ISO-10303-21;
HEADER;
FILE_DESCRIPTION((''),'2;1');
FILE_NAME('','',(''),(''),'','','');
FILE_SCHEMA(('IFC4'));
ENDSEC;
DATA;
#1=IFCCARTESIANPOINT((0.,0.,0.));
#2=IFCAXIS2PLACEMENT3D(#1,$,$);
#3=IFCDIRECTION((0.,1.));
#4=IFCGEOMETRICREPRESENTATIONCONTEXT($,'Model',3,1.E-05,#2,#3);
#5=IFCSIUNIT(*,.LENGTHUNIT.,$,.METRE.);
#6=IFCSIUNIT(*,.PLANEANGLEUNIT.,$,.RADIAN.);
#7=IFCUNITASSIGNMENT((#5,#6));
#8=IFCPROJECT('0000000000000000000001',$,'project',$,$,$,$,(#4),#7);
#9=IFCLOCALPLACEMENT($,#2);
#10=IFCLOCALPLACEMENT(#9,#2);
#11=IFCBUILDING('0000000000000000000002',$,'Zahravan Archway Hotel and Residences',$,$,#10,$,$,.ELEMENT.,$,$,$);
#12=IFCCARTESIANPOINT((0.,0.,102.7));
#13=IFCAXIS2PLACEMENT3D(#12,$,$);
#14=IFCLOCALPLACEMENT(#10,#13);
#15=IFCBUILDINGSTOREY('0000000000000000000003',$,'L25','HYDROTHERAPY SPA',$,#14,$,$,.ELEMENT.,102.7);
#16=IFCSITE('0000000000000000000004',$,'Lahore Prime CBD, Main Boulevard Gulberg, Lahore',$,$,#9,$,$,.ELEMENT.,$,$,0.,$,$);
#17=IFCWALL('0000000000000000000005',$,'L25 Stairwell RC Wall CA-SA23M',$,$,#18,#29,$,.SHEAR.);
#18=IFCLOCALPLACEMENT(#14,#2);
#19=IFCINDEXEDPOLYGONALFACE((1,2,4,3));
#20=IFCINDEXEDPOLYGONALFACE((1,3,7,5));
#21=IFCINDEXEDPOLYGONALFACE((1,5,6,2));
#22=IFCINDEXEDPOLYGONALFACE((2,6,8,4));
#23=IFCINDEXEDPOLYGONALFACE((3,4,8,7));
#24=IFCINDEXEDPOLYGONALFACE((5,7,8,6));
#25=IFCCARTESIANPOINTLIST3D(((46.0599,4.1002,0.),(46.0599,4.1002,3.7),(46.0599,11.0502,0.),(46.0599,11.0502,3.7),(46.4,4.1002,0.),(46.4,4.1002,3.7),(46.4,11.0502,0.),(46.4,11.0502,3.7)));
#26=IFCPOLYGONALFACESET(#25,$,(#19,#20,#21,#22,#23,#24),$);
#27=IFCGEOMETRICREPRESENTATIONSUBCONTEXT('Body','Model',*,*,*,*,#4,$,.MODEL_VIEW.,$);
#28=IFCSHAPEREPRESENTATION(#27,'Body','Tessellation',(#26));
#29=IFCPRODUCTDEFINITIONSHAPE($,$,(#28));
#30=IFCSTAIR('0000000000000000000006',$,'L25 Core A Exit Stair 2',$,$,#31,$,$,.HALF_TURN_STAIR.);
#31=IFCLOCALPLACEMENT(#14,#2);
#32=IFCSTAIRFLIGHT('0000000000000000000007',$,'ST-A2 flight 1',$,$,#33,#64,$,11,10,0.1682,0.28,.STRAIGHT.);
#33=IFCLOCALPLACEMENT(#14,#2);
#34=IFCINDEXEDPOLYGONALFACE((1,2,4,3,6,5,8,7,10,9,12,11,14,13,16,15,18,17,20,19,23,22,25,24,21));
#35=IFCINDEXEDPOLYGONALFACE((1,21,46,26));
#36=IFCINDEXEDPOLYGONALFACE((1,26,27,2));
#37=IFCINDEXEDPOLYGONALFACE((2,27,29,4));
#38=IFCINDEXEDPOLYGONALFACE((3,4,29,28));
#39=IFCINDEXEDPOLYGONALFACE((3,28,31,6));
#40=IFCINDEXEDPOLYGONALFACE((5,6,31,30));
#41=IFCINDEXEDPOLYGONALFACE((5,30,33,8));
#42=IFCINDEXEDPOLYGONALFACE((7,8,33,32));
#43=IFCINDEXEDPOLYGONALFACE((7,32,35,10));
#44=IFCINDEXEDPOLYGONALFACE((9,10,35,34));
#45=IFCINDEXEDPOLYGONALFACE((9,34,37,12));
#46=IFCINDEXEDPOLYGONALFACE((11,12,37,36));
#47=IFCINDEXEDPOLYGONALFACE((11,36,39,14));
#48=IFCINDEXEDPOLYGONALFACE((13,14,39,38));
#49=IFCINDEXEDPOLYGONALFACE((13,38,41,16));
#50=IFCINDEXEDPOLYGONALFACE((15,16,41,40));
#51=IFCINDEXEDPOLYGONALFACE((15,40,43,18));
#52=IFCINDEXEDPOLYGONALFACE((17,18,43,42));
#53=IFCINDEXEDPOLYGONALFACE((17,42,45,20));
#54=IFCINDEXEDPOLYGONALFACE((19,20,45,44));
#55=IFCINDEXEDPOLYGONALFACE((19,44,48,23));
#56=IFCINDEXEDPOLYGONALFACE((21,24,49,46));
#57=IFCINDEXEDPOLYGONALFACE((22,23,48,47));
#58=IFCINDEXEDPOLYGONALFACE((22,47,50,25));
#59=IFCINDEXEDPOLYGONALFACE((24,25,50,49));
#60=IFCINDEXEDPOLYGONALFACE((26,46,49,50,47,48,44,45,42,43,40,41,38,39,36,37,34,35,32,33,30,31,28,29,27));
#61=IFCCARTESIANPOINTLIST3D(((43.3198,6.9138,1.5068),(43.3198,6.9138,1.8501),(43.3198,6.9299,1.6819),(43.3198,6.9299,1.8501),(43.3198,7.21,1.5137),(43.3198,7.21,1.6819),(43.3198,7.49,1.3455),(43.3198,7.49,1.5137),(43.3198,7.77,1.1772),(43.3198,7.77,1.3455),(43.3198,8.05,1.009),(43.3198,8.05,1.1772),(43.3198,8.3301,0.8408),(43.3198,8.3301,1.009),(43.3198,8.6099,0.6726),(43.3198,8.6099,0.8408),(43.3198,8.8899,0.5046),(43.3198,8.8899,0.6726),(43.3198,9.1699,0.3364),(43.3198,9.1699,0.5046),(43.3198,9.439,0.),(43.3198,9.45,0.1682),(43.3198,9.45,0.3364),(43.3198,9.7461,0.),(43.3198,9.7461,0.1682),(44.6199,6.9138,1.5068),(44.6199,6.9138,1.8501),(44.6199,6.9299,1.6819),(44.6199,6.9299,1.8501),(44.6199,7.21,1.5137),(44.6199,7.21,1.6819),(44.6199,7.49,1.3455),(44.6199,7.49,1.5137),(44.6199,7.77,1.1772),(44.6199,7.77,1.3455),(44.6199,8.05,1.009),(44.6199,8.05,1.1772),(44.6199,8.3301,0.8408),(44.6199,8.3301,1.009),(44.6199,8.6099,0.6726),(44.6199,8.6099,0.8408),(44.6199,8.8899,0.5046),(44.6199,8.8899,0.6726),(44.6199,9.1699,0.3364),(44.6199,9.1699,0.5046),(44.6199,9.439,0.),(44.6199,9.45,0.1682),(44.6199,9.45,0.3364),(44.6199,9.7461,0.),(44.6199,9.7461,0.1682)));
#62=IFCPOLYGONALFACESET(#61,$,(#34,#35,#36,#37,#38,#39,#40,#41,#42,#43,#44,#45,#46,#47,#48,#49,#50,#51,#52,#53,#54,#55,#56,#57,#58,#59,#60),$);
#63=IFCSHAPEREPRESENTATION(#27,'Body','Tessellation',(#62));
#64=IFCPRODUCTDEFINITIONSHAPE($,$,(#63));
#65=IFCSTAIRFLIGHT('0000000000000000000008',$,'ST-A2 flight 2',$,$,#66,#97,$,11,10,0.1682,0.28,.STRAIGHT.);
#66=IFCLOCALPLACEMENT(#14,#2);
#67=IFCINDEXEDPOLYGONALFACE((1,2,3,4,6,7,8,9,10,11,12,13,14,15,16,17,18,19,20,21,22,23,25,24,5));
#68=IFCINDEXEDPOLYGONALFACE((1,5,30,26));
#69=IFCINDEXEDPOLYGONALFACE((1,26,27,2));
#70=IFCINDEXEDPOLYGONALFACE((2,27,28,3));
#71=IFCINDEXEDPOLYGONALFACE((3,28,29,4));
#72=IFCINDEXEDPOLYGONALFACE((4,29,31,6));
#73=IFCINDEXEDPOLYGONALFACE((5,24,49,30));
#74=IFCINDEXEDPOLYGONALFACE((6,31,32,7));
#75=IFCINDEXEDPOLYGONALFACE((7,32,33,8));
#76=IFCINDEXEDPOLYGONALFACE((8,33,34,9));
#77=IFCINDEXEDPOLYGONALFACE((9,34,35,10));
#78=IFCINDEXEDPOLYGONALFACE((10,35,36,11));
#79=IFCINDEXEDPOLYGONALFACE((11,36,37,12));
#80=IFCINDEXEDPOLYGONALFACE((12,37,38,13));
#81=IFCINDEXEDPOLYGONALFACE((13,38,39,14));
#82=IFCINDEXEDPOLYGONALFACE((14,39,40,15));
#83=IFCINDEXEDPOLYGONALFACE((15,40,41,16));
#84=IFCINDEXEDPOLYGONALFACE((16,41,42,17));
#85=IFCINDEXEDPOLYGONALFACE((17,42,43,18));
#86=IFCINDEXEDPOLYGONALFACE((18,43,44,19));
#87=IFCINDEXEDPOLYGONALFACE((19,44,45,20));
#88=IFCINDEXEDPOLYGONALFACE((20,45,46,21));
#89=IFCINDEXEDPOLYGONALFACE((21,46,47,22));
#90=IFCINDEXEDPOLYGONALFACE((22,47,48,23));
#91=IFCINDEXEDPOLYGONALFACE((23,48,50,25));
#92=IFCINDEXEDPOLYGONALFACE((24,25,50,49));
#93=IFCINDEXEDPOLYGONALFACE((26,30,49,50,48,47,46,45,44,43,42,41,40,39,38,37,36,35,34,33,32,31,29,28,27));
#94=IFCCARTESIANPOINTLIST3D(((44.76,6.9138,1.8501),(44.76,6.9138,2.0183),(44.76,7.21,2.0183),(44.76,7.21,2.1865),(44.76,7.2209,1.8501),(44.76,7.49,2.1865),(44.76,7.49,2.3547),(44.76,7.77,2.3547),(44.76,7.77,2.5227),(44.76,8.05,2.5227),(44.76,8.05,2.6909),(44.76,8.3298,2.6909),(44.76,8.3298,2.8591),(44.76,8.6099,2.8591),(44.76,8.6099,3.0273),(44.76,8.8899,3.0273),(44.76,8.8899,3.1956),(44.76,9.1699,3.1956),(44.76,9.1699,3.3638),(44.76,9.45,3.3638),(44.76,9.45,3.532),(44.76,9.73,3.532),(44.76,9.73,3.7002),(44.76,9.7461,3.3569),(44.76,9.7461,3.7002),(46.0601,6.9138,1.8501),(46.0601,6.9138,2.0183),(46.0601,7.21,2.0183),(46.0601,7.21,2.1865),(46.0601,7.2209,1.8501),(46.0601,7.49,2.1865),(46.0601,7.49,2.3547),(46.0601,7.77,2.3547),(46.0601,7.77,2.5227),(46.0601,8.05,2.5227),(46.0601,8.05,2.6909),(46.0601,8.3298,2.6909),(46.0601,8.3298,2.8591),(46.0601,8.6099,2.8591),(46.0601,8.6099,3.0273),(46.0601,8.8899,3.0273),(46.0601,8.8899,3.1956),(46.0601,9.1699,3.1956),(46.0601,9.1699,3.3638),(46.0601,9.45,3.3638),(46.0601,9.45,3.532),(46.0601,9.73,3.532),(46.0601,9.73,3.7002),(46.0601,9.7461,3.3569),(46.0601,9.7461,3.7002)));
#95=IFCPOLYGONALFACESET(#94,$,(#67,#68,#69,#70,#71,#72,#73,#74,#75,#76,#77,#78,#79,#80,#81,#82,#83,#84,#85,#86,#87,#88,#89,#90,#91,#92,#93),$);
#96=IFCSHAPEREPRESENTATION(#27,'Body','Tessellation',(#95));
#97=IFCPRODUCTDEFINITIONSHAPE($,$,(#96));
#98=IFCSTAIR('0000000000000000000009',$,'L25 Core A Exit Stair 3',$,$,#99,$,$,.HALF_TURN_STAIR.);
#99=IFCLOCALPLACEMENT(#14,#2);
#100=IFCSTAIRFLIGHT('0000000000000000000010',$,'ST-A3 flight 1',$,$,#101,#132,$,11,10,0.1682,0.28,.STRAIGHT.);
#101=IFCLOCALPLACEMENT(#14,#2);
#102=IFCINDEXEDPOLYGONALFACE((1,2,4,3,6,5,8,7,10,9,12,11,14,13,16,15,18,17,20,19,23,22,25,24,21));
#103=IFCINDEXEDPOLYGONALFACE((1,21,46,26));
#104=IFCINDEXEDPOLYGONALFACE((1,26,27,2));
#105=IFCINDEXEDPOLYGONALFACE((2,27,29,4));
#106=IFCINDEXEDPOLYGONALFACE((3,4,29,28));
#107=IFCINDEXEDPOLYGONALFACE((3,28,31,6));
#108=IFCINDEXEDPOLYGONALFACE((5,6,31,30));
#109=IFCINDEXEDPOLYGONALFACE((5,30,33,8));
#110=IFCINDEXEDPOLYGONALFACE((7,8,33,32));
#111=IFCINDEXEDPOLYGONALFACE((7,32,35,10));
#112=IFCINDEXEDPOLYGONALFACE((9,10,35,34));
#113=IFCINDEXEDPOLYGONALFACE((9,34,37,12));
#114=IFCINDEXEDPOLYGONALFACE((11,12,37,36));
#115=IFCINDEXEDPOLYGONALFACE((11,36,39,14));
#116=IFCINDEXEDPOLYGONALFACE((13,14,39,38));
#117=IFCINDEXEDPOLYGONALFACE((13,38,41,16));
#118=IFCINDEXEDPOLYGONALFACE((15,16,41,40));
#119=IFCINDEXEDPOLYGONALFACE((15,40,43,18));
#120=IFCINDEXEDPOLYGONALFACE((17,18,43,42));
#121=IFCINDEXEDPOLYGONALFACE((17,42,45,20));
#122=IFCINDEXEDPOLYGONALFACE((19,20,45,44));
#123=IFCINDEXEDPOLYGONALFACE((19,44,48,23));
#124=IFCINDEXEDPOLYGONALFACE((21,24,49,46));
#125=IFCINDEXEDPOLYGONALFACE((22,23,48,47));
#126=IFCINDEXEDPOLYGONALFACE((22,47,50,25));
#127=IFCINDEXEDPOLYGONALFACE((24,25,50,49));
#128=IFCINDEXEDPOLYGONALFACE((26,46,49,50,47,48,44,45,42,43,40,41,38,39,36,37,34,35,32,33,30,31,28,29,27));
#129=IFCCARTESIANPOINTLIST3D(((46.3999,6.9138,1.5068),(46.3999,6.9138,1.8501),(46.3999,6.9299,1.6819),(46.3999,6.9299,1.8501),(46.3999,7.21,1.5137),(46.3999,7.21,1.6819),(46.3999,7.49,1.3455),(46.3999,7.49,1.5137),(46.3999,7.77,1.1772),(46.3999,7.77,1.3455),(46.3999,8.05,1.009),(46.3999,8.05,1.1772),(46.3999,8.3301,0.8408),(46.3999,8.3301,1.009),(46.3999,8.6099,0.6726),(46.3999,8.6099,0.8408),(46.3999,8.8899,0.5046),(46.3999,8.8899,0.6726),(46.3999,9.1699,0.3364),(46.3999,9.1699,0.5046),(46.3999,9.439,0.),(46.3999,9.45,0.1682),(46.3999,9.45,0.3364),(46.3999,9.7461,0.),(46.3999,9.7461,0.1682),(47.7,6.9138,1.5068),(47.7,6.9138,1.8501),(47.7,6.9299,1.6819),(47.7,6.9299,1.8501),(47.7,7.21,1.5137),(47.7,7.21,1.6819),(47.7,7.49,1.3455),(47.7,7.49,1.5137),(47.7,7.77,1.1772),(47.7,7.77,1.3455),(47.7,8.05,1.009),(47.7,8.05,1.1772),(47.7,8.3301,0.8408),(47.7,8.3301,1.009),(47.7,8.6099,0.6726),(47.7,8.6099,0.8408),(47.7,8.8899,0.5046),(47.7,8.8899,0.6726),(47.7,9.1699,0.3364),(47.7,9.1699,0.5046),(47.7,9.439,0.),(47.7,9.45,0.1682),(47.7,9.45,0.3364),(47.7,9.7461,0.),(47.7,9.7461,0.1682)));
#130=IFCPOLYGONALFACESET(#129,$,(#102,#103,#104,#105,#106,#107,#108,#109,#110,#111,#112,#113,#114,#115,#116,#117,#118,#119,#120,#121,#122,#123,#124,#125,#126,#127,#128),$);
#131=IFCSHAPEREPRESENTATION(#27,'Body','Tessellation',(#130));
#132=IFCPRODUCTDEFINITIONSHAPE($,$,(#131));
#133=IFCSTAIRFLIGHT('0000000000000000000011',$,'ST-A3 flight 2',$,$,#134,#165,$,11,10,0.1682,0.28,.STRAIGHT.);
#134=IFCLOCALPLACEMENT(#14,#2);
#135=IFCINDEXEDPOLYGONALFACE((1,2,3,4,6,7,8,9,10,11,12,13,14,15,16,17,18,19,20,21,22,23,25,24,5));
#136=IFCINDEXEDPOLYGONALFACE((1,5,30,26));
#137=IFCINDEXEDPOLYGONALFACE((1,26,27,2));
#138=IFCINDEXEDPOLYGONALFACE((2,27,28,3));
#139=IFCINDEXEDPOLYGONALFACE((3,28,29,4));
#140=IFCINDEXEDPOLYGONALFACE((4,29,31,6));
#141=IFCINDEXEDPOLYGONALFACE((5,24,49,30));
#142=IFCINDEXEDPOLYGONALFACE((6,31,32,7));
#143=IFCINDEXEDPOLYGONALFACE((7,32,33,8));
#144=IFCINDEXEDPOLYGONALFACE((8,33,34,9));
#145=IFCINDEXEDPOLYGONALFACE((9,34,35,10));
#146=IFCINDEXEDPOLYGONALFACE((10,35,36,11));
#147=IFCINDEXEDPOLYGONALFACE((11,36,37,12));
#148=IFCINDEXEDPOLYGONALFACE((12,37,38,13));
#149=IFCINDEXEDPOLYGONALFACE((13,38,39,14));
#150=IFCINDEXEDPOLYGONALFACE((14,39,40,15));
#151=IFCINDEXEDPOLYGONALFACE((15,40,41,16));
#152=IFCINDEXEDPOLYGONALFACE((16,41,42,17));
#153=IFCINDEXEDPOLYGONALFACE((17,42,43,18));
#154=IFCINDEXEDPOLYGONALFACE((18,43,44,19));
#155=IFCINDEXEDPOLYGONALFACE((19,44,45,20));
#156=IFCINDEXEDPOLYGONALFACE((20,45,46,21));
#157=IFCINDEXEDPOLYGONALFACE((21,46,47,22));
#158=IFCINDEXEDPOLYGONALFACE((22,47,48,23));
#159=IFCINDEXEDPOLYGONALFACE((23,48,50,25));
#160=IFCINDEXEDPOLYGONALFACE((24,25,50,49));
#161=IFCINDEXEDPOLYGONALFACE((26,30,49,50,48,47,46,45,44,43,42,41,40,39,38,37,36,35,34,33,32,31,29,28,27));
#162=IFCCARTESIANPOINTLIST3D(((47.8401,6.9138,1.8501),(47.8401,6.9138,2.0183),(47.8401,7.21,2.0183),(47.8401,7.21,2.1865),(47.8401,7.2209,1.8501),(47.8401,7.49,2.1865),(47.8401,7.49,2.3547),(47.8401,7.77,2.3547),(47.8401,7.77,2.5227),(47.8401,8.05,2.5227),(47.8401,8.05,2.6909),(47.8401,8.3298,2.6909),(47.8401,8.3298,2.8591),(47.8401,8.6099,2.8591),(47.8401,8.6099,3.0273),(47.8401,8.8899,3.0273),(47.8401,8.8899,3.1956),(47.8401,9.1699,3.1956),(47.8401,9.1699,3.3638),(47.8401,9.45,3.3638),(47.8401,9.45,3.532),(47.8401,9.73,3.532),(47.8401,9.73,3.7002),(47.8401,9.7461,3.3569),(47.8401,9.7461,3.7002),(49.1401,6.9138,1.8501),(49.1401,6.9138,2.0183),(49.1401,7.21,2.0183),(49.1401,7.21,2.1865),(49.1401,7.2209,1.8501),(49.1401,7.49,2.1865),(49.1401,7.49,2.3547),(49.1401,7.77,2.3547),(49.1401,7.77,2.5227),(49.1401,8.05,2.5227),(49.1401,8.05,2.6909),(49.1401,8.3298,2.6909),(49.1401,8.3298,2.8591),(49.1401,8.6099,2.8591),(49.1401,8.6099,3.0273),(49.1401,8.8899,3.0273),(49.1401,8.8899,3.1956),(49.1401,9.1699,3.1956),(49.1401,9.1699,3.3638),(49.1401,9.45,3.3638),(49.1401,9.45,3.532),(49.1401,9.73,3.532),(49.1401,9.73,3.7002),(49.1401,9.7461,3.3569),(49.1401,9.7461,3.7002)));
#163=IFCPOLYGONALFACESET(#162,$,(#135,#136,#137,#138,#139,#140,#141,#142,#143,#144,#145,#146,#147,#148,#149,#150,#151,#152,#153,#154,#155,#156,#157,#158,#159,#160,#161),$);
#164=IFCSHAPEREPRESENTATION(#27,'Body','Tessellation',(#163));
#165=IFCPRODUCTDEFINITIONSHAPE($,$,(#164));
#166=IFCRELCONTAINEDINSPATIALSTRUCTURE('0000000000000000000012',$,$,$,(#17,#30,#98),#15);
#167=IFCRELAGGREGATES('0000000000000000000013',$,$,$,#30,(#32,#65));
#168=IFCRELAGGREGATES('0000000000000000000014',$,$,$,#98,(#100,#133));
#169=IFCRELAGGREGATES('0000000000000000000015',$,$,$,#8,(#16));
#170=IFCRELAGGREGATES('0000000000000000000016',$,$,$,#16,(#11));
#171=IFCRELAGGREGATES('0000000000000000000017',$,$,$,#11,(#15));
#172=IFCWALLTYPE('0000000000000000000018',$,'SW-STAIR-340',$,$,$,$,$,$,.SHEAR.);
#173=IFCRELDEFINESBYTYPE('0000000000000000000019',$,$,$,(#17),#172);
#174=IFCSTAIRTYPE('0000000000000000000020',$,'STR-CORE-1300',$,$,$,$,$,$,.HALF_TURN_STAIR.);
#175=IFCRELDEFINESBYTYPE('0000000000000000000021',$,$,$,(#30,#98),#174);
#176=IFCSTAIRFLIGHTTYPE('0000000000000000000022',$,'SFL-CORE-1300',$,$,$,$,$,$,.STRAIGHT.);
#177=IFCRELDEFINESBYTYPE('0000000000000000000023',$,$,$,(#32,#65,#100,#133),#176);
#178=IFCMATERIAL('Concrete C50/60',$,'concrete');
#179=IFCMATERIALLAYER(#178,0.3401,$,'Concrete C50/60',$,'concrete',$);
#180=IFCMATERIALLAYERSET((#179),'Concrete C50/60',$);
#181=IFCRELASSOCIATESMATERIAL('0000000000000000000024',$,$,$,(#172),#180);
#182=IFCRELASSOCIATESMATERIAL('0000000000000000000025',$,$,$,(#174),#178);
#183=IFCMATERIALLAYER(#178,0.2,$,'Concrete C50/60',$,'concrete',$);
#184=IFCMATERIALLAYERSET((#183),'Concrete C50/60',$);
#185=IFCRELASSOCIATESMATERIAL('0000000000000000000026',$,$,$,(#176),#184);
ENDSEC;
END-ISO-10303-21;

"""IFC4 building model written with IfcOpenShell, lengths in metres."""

from ifc_helpers import new_model, si_unit, direction, frame, frame_2d, origin, place, context, subcontext, project, spatial, polyline, rectangle, outline, extrude, source, transform, mapped, material, layer, layer_set, type_object, element, aggregate, save


model = new_model("IFC4")

# Units and contexts
model_context = context("Model", 3, precision=1e-05, world=origin(), true_north=direction((0.0, 1.0)))
body_context = subcontext(model_context, "Body", "Model", "MODEL_VIEW")
ifc_project = project(units=[si_unit("LENGTHUNIT", "METRE"), si_unit("PLANEANGLEUNIT", "RADIAN")], contexts=[model_context])

# Site, building, storey
site_placement = place(None, origin())
site = spatial("IfcSite", under=ifc_project, at=site_placement, Name="Lahore Prime CBD, Main Boulevard Gulberg, Lahore", CompositionType="ELEMENT", RefElevation=0.0)
building_placement = place(site_placement, origin())
building = spatial("IfcBuilding", under=site, at=building_placement, Name="Zahravan Archway Hotel and Residences", CompositionType="ELEMENT")
storey_placement = place(building_placement, frame((0.0, 0.0, 102.7)))
storey = spatial("IfcBuildingStorey", under=building, at=storey_placement, Name="L25", Description="HYDROTHERAPY SPA", CompositionType="ELEMENT", Elevation=102.7)

# Wall
ifc_material_1 = material(Name="Concrete C50/60", Category="concrete")
ifc_layer_1 = layer(ifc_material_1, 0.3401, Name="Concrete C50/60", Category="concrete")
ifc_layer_set_1 = layer_set([ifc_layer_1], Name="Concrete C50/60")
wall_type = type_object("IfcWallType", Name="SW-STAIR-340", PredefinedType="SHEAR", material=ifc_layer_set_1)
wall_placement = place(storey_placement, frame((46.23, 4.1001, 0.0), z_axis=(0.0, 0.0, 1.0), x_axis=(0.0, 1.0, 0.0)))
element("IfcWall", 1, at=wall_placement, inside=storey, type_object=wall_type, Name="L25 Stairwell RC Wall CA-SA23M", PredefinedType="SHEAR", context=body_context, shape_type="SweptSolid", body=[
    extrude(rectangle(XDim=6.95, YDim=0.3401, at=frame_2d((3.4751, 0.0))), origin(), (0.0, 0.0, 1.0), 3.7),
])

# Stairs, stair flights
stair_type = type_object("IfcStairType", Name="STR-CORE-1300", PredefinedType="HALF_TURN_STAIR", material=ifc_material_1)
stair_1_placement = place(storey_placement, origin())
stair_1 = element("IfcStair", 2, at=stair_1_placement, inside=storey, type_object=stair_type, Name="L25 Core A Exit Stair 2", PredefinedType="HALF_TURN_STAIR")
ifc_layer_2 = layer(ifc_material_1, 0.2, Name="Concrete C50/60", Category="concrete")
ifc_layer_set_2 = layer_set([ifc_layer_2], Name="Concrete C50/60")
stair_flight_type = type_object("IfcStairFlightType", Name="SFL-CORE-1300", PredefinedType="STRAIGHT", material=ifc_layer_set_2)
shared_shape = source(origin(), body_context, "Body", "SweptSolid", [
    extrude(outline(polyline([(-0.0161, 0.0), (-0.0161, 0.1682), (0.28, 0.1682), (0.28, 0.3364), (0.5601, 0.3364), (0.5601, 0.5046), (0.8401, 0.5046), (0.8401, 0.6726), (1.1201, 0.6726), (1.1201, 0.8408), (1.3999, 0.8408), (1.3999, 1.009), (1.6799, 1.009), (1.6799, 1.1772), (1.96, 1.1772), (1.96, 1.3455), (2.24, 1.3455), (2.24, 1.5137), (2.52, 1.5137), (2.52, 1.6819), (2.8, 1.6819), (2.8, 1.8501), (2.8162, 1.8501), (2.8162, 1.5068), (0.291, 0.0), (-0.0161, 0.0)])), frame((0.0, 0.6499, 0.0), z_axis=(0.0, -1.0, 0.0), x_axis=(1.0, 0.0, 0.0)), (0.0, 0.0, 1.0), 1.3),
])
stair_flight_1_placement = place(storey_placement, frame((43.97, 9.73, 0.0), z_axis=(0.0, 0.0, 1.0), x_axis=(0.0, -1.0, 0.0)))
stair_flight_1 = element("IfcStairFlight", 3, at=stair_flight_1_placement, type_object=stair_flight_type, Name="ST-A2 flight 1", NumberOfRisers=11, NumberOfTreads=10, PredefinedType="STRAIGHT", RiserHeight=0.1682, TreadLength=0.28, context=body_context, shape_type="MappedRepresentation", body=[
    mapped(shared_shape, transform((0.0, 0.0, 0.0), scale=1.0)),
])
stair_flight_2_placement = place(storey_placement, frame((45.4099, 6.9299, 1.8501), z_axis=(0.0, 0.0, 1.0), x_axis=(0.0, 1.0, 0.0)))
stair_flight_2 = element("IfcStairFlight", 4, at=stair_flight_2_placement, type_object=stair_flight_type, Name="ST-A2 flight 2", NumberOfRisers=11, NumberOfTreads=10, PredefinedType="STRAIGHT", RiserHeight=0.1682, TreadLength=0.28, context=body_context, shape_type="MappedRepresentation", body=[
    mapped(shared_shape, transform((0.0, 0.0, 0.0), scale=1.0)),
])
aggregate(stair_1, [stair_flight_1, stair_flight_2])
stair_2_placement = place(storey_placement, origin())
stair_2 = element("IfcStair", 5, at=stair_2_placement, inside=storey, type_object=stair_type, Name="L25 Core A Exit Stair 3", PredefinedType="HALF_TURN_STAIR")
stair_flight_3_placement = place(storey_placement, frame((47.05, 9.73, 0.0), z_axis=(0.0, 0.0, 1.0), x_axis=(0.0, -1.0, 0.0)))
stair_flight_3 = element("IfcStairFlight", 6, at=stair_flight_3_placement, type_object=stair_flight_type, Name="ST-A3 flight 1", NumberOfRisers=11, NumberOfTreads=10, PredefinedType="STRAIGHT", RiserHeight=0.1682, TreadLength=0.28, context=body_context, shape_type="MappedRepresentation", body=[
    mapped(shared_shape, transform((0.0, 0.0, 0.0), scale=1.0)),
])
stair_flight_4_placement = place(storey_placement, frame((48.49, 6.9299, 1.8501), z_axis=(0.0, 0.0, 1.0), x_axis=(0.0, 1.0, 0.0)))
stair_flight_4 = element("IfcStairFlight", 7, at=stair_flight_4_placement, type_object=stair_flight_type, Name="ST-A3 flight 2", NumberOfRisers=11, NumberOfTreads=10, PredefinedType="STRAIGHT", RiserHeight=0.1682, TreadLength=0.28, context=body_context, shape_type="MappedRepresentation", body=[
    mapped(shared_shape, transform((0.0, 0.0, 0.0), scale=1.0)),
])
aggregate(stair_2, [stair_flight_3, stair_flight_4])

save(model, "model.ifc")
